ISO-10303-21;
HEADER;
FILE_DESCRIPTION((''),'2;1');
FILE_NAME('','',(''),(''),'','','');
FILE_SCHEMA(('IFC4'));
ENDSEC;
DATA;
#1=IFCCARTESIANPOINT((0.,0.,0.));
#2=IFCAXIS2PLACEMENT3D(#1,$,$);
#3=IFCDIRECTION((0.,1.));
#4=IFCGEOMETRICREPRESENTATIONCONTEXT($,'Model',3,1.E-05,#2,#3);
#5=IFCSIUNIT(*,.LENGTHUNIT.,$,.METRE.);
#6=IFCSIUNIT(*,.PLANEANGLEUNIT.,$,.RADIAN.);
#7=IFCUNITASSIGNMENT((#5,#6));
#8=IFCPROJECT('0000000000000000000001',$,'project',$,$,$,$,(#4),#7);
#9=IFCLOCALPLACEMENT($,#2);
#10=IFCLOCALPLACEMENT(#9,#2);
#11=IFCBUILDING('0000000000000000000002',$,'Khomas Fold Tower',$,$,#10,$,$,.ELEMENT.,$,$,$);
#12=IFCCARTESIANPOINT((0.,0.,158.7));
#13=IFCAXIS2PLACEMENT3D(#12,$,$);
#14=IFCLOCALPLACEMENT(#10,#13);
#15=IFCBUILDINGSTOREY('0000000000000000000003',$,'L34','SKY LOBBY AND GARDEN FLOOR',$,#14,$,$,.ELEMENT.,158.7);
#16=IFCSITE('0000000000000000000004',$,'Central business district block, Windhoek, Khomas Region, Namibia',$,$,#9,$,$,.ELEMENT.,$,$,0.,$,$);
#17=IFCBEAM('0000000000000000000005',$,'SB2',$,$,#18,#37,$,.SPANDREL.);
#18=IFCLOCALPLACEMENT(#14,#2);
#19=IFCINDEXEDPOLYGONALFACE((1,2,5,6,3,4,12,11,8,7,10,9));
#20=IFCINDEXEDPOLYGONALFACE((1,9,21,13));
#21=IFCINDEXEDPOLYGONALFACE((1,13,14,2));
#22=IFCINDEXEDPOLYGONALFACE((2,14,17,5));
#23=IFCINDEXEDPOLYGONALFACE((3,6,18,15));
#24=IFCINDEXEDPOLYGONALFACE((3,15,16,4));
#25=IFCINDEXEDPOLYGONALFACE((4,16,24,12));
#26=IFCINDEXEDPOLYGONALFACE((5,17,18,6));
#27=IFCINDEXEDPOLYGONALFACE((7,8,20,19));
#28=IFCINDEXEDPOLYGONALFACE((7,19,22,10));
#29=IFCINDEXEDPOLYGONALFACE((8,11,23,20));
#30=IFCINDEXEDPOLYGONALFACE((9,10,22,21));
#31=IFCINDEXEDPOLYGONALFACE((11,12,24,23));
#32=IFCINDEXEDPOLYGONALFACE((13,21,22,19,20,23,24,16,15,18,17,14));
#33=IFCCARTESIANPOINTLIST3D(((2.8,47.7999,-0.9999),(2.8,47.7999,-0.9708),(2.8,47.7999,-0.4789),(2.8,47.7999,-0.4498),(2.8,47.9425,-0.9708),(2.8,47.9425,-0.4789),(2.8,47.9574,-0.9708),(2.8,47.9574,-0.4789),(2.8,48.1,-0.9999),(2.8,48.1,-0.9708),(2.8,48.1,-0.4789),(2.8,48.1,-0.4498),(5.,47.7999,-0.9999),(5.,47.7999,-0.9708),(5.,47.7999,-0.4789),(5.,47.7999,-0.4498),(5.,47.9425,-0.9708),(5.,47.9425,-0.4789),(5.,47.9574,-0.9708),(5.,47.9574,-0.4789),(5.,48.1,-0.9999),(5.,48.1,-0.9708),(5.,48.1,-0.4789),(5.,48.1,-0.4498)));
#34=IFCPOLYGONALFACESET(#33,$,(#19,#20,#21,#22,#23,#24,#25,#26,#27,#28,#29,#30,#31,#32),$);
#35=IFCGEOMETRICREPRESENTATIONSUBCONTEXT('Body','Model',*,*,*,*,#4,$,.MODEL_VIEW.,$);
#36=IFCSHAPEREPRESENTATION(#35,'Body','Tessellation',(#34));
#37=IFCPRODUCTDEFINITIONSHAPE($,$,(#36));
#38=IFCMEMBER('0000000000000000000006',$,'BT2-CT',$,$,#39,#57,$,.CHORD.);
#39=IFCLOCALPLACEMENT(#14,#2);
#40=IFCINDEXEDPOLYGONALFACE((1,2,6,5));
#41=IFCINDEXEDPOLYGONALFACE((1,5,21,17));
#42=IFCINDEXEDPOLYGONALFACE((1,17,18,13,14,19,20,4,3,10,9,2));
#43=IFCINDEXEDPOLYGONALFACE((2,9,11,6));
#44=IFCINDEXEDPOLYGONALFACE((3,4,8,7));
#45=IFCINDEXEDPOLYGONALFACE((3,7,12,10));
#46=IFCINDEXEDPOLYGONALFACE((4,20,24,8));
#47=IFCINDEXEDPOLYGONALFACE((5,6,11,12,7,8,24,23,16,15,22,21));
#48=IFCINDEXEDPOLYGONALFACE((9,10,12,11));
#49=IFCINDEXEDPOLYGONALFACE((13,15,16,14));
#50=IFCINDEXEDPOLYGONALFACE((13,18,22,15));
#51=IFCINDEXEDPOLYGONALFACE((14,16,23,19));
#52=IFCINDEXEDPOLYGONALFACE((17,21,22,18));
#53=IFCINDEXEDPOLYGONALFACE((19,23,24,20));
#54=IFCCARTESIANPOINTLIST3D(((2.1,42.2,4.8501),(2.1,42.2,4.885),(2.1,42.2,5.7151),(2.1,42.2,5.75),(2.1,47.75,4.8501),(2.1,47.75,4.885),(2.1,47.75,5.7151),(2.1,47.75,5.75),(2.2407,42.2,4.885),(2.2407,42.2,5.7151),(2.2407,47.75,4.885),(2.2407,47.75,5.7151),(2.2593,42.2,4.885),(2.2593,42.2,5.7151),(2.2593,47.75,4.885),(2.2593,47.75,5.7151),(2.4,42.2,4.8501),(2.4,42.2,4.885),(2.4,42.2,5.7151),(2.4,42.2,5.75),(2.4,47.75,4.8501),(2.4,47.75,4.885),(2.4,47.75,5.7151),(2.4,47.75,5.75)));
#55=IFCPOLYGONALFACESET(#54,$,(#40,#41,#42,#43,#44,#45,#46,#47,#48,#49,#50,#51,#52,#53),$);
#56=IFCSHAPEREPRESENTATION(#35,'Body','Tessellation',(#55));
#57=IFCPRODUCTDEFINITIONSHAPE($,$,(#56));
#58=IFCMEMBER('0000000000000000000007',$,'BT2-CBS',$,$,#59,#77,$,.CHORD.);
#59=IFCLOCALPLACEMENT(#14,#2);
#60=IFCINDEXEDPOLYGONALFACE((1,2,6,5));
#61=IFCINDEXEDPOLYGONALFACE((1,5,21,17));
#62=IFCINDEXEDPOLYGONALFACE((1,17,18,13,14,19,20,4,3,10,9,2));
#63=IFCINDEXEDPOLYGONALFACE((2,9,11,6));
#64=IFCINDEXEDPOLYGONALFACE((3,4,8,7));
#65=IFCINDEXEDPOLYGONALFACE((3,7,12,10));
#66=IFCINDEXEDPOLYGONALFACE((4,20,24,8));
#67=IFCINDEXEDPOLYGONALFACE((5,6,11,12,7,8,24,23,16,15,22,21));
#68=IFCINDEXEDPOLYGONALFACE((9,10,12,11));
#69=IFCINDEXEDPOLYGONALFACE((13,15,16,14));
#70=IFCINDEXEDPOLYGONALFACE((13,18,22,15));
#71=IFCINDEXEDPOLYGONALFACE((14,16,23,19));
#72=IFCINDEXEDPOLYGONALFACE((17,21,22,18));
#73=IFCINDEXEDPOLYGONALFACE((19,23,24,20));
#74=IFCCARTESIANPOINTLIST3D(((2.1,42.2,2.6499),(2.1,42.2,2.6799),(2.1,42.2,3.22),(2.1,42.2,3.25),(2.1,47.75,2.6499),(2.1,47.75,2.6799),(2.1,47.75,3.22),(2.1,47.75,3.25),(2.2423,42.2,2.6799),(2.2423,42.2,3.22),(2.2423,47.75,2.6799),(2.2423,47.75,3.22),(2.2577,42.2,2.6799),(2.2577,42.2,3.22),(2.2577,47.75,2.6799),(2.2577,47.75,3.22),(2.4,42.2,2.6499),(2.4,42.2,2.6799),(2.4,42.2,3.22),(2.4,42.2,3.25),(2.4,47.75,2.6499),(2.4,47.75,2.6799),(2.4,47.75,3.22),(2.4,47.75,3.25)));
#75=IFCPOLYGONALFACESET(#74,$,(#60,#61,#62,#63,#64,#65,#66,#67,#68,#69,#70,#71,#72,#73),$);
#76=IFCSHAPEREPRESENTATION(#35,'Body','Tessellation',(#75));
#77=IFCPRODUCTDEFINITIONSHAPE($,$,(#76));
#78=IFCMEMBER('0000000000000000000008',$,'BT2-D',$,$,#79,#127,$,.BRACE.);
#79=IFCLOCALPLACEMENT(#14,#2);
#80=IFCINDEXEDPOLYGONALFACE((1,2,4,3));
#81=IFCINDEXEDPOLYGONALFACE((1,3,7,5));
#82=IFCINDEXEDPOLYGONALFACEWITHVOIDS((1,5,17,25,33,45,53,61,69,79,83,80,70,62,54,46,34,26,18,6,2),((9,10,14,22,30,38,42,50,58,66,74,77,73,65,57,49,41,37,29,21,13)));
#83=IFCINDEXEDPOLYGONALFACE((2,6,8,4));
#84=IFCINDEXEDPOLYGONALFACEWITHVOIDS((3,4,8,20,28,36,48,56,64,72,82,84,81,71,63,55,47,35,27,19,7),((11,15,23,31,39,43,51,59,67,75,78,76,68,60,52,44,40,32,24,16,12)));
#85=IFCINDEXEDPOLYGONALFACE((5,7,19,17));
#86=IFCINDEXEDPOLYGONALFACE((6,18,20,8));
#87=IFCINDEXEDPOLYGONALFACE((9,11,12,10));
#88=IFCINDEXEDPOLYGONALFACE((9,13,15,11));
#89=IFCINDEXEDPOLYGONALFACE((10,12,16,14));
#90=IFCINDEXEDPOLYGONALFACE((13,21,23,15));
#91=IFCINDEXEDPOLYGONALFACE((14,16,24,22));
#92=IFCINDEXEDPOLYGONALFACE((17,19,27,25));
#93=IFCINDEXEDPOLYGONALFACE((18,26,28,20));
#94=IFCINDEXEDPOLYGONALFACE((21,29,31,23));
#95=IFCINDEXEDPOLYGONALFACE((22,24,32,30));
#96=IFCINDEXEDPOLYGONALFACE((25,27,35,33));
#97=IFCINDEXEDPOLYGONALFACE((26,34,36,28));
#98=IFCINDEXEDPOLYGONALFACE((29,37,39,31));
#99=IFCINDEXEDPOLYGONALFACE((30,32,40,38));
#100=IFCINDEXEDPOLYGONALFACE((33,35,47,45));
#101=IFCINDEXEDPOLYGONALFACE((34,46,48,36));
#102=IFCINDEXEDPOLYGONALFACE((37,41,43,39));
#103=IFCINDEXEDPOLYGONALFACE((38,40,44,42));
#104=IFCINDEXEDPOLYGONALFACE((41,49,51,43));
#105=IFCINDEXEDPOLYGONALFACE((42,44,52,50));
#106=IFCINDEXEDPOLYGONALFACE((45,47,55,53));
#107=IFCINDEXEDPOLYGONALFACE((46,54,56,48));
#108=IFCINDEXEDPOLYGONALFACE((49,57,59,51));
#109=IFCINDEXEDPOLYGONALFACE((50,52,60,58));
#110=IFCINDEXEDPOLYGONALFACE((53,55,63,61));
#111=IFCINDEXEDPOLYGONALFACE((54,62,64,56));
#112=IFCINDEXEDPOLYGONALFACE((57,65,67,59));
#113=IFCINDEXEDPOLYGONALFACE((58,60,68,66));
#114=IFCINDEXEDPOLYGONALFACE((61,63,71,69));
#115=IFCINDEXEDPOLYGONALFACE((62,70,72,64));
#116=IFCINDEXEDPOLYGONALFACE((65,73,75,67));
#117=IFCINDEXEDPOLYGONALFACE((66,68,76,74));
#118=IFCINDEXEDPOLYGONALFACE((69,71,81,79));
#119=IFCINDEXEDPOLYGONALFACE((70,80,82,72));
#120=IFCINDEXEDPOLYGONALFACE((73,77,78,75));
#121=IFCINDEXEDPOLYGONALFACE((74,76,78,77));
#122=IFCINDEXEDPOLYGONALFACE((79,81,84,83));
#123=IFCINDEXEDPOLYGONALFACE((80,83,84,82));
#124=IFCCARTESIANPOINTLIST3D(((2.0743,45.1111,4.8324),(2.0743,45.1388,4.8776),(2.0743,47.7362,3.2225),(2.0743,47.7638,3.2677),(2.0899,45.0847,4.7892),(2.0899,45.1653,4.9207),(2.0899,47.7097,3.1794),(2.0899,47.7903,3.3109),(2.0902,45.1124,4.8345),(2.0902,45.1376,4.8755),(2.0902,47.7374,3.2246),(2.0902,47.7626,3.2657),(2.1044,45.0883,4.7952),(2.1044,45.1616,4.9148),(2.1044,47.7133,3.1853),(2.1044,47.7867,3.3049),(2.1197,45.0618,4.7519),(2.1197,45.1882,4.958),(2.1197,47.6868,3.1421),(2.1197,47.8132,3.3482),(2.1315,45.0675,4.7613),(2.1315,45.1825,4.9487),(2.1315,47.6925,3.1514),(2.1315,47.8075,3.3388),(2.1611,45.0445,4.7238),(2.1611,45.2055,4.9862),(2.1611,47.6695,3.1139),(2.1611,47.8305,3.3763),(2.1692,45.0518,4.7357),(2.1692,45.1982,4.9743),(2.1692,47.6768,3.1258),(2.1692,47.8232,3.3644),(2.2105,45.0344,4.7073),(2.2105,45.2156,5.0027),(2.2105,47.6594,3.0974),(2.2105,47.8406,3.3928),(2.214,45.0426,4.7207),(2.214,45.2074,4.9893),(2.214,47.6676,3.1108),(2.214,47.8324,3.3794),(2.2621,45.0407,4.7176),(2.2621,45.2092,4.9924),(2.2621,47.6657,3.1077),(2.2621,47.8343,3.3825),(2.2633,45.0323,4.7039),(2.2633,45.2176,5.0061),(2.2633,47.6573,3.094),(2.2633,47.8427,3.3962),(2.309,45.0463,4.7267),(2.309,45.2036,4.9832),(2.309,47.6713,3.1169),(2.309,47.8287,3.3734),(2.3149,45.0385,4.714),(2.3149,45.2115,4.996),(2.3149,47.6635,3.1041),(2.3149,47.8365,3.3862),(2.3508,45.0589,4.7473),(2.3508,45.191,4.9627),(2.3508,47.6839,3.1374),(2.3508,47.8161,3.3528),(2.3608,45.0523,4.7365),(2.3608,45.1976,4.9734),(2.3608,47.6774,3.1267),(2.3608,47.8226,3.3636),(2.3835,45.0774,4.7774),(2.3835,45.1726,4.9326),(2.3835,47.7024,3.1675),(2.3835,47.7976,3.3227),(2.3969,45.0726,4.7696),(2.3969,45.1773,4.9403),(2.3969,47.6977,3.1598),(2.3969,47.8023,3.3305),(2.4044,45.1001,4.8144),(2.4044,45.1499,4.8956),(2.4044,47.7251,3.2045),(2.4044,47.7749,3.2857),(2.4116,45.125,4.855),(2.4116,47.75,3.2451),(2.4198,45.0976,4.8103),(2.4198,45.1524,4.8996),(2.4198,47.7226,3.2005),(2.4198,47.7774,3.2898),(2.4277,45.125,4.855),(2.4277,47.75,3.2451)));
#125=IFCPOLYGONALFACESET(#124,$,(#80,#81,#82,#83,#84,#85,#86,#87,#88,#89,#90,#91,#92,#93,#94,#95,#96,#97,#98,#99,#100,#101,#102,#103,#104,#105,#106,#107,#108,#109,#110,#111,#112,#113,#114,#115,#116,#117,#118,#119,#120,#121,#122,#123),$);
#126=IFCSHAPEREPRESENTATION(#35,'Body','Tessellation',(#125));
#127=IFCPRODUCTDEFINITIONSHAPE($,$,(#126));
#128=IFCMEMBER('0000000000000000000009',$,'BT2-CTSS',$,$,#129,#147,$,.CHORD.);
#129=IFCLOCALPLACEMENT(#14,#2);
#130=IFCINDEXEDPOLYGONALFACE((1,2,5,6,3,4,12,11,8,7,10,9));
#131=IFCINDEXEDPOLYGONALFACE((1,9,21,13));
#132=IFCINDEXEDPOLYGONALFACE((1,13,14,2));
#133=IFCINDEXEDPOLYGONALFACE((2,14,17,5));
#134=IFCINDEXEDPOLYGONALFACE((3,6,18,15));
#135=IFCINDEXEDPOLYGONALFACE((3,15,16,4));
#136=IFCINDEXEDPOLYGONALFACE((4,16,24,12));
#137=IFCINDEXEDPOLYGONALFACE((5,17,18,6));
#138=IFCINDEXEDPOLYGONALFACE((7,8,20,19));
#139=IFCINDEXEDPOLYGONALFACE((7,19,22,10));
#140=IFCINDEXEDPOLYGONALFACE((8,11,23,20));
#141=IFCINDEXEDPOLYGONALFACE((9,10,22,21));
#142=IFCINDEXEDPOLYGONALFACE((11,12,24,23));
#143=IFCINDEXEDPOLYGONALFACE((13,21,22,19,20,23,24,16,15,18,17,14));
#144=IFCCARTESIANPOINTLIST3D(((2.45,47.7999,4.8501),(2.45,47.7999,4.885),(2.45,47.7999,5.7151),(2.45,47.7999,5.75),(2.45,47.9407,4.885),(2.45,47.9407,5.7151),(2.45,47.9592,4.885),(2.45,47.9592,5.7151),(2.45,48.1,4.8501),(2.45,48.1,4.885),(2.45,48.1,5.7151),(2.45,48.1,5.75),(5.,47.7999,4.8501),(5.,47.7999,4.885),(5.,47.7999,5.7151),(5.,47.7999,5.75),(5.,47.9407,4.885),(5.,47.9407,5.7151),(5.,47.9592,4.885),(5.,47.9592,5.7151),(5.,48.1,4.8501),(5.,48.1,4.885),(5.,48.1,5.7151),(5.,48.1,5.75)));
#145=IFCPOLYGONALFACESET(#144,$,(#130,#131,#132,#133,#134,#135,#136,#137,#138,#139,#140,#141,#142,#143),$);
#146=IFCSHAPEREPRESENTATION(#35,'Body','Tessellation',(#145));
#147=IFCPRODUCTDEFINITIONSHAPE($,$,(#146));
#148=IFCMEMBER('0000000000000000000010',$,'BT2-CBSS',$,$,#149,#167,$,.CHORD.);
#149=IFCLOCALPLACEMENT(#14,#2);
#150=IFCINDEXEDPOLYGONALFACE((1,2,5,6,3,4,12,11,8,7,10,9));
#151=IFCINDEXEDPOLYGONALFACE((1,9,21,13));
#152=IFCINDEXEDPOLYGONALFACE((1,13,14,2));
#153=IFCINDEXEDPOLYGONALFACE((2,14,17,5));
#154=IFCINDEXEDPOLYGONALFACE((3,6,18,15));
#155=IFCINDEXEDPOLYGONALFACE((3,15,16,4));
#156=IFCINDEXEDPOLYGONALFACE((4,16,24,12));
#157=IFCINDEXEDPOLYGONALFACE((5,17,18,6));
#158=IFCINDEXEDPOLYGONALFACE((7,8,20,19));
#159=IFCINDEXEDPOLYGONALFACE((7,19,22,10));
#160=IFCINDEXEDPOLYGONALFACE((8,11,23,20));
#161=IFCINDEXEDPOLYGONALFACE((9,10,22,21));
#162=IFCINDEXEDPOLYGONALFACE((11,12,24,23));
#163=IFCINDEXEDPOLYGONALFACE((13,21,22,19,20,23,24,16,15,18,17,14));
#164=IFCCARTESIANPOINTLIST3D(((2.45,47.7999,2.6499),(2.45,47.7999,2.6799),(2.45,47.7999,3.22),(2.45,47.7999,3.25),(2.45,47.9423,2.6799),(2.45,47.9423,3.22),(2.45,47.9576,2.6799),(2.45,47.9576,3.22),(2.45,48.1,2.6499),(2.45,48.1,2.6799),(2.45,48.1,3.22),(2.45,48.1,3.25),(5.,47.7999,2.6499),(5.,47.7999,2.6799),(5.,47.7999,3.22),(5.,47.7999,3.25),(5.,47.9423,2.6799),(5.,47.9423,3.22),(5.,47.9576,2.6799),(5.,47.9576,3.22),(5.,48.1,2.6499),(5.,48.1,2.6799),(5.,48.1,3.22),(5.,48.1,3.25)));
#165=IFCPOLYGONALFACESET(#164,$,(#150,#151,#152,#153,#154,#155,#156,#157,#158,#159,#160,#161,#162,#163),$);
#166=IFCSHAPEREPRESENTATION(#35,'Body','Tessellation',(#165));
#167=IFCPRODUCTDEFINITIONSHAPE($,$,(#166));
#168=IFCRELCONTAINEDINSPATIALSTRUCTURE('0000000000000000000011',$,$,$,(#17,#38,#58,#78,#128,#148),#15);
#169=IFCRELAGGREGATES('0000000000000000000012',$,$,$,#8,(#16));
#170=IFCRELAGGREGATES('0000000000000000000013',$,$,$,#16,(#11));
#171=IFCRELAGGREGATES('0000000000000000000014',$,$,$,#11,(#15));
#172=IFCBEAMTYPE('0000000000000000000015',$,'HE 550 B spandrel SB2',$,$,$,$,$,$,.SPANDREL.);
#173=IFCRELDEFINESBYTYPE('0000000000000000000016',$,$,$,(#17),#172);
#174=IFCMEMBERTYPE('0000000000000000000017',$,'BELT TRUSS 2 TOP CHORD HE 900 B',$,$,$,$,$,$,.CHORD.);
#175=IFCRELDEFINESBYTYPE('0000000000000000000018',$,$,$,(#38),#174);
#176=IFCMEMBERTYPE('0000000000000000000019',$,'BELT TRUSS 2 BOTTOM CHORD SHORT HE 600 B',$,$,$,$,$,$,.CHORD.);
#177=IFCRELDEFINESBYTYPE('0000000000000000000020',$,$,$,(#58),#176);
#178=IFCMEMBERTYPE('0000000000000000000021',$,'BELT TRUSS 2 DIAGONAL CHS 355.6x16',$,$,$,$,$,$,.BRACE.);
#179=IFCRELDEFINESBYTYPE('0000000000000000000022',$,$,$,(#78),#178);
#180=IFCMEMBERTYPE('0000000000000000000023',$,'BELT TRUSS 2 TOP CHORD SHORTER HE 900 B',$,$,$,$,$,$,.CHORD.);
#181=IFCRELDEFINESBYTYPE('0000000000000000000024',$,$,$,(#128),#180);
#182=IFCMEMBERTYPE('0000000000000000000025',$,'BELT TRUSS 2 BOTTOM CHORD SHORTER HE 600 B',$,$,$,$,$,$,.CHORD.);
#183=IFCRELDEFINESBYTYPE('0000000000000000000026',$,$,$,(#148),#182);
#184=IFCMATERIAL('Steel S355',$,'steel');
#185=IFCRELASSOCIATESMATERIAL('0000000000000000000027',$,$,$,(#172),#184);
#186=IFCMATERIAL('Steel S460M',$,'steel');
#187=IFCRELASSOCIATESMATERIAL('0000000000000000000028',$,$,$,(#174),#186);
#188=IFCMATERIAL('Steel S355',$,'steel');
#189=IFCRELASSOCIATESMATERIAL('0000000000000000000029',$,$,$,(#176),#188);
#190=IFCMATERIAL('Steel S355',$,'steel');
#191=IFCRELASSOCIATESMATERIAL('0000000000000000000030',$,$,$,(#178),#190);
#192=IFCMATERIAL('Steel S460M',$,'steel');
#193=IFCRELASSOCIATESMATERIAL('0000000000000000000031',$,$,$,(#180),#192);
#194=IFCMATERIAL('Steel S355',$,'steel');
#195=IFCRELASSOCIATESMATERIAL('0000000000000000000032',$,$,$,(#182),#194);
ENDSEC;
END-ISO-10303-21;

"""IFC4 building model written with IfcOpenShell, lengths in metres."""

from ifc_helpers import new_model, si_unit, direction, frame, origin, origin_2d, place, context, subcontext, project, spatial, hollow_circle, i_section, extrude, source, transform, mapped, material, material_profile, profile_set, type_object, element, save


model = new_model("IFC4")

# Units and contexts
model_context = context("Model", 3, precision=1e-05, world=origin(), true_north=direction((0.0, 1.0)))
body_context = subcontext(model_context, "Body", "Model", "MODEL_VIEW")
ifc_project = project(units=[si_unit("LENGTHUNIT", "METRE"), si_unit("PLANEANGLEUNIT", "RADIAN")], contexts=[model_context])

# Site, building, storey
site_placement = place(None, origin())
site = spatial("IfcSite", under=ifc_project, at=site_placement, Name="Central business district block, Windhoek, Khomas Region, Namibia", CompositionType="ELEMENT", RefElevation=0.0)
building_placement = place(site_placement, origin())
building = spatial("IfcBuilding", under=site, at=building_placement, Name="Khomas Fold Tower", CompositionType="ELEMENT")
storey_placement = place(building_placement, frame((0.0, 0.0, 158.7)))
storey = spatial("IfcBuildingStorey", under=building, at=storey_placement, Name="L34", Description="SKY LOBBY AND GARDEN FLOOR", CompositionType="ELEMENT", Elevation=158.7)

# Beam
ifc_material_1 = material(Name="Steel S355", Category="steel")
ifc_material_profile_1 = material_profile(ifc_material_1, i_section(OverallWidth=0.3, OverallDepth=0.55, WebThickness=0.0149, FlangeThickness=0.0291, at=origin_2d()), Name="HE 550 B")
ifc_profile_set_1 = profile_set([ifc_material_profile_1], Name="Steel S355")
beam_type_1 = type_object("IfcBeamType", Name="HE 550 B spandrel SB2", PredefinedType="SPANDREL", material=ifc_profile_set_1)
shared_shape_1 = source(origin(), body_context, "Body", "SweptSolid", [
    extrude(i_section(OverallWidth=0.3, OverallDepth=0.55, WebThickness=0.0149, FlangeThickness=0.0291, at=origin_2d()), origin(), (0.0, 0.0, 1.0), 2.2),
])
beam_1_placement = place(storey_placement, frame((2.8, 47.95, -0.7249), z_axis=(1.0, 0.0, 0.0), x_axis=(0.0, 1.0, 0.0)))
element("IfcBeam", 1, at=beam_1_placement, inside=storey, type_object=beam_type_1, Name="SB2", PredefinedType="SPANDREL", context=body_context, shape_type="MappedRepresentation", body=[
    mapped(shared_shape_1, transform((0.0, 0.0, 0.0))),
])

# Members
ifc_material_2 = material(Name="Steel S460M", Category="steel")
ifc_material_profile_2 = material_profile(ifc_material_2, i_section(OverallWidth=0.3, OverallDepth=0.8999, WebThickness=0.0186, FlangeThickness=0.0349, at=origin_2d()), Name="HE 900 B")
ifc_profile_set_2 = profile_set([ifc_material_profile_2], Name="Steel S460M")
member_type_1 = type_object("IfcMemberType", Name="BELT TRUSS 2 TOP CHORD HE 900 B", PredefinedType="CHORD", material=ifc_profile_set_2)
shared_shape_2 = source(origin(), body_context, "Body", "SweptSolid", [
    extrude(i_section(OverallWidth=0.3, OverallDepth=0.8999, WebThickness=0.0186, FlangeThickness=0.0349, at=origin_2d()), origin(), (0.0, 0.0, 1.0), 5.55),
])
member_1_placement = place(storey_placement, frame((2.25, 47.75, 5.3), z_axis=(0.0, -1.0, 0.0), x_axis=(1.0, 0.0, 0.0)))
element("IfcMember", 2, at=member_1_placement, inside=storey, type_object=member_type_1, Name="BT2-CT", PredefinedType="CHORD", context=body_context, shape_type="MappedRepresentation", body=[
    mapped(shared_shape_2, transform((0.0, 0.0, 0.0))),
])
ifc_material_3 = material(Name="Steel S355", Category="steel")
ifc_material_profile_3 = material_profile(ifc_material_3, i_section(OverallWidth=0.3, OverallDepth=0.6001, WebThickness=0.0154, FlangeThickness=0.03, at=origin_2d()), Name="HE 600 B")
ifc_profile_set_3 = profile_set([ifc_material_profile_3], Name="Steel S355")
member_type_2 = type_object("IfcMemberType", Name="BELT TRUSS 2 BOTTOM CHORD SHORT HE 600 B", PredefinedType="CHORD", material=ifc_profile_set_3)
shared_shape_3 = source(origin(), body_context, "Body", "SweptSolid", [
    extrude(i_section(OverallWidth=0.3, OverallDepth=0.6001, WebThickness=0.0154, FlangeThickness=0.03, at=origin_2d()), origin(), (0.0, 0.0, 1.0), 5.55),
])
member_2_placement = place(storey_placement, frame((2.25, 47.75, 2.95), z_axis=(0.0, -1.0, 0.0), x_axis=(1.0, 0.0, 0.0)))
element("IfcMember", 3, at=member_2_placement, inside=storey, type_object=member_type_2, Name="BT2-CBS", PredefinedType="CHORD", context=body_context, shape_type="MappedRepresentation", body=[
    mapped(shared_shape_3, transform((0.0, 0.0, 0.0))),
])
ifc_material_4 = material(Name="Steel S355", Category="steel")
ifc_material_profile_4 = material_profile(ifc_material_4, hollow_circle(Radius=0.1777, WallThickness=0.0161, at=origin_2d()), Name="CHS 355.6x16")
ifc_profile_set_4 = profile_set([ifc_material_profile_4], Name="Steel S355")
member_type_3 = type_object("IfcMemberType", Name="BELT TRUSS 2 DIAGONAL CHS 355.6x16", PredefinedType="BRACE", material=ifc_profile_set_4)
shared_shape_4 = source(origin(), body_context, "Body", "SweptSolid", [
    extrude(hollow_circle(Radius=0.1777, WallThickness=0.0161, at=origin_2d()), origin(), (0.0, 0.0, 1.0), 3.0793),
])
member_3_placement = place(storey_placement, frame((2.25, 47.75, 3.2451), z_axis=(0.0, -0.852458, 0.522796), x_axis=(1.0, 0.0, 0.0)))
element("IfcMember", 4, at=member_3_placement, inside=storey, type_object=member_type_3, Name="BT2-D", PredefinedType="BRACE", context=body_context, shape_type="MappedRepresentation", body=[
    mapped(shared_shape_4, transform((0.0, 0.0, 0.0))),
])
ifc_material_5 = material(Name="Steel S460M", Category="steel")
ifc_material_profile_5 = material_profile(ifc_material_5, i_section(OverallWidth=0.3, OverallDepth=0.8999, WebThickness=0.0186, FlangeThickness=0.0349, at=origin_2d()), Name="HE 900 B")
ifc_profile_set_5 = profile_set([ifc_material_profile_5], Name="Steel S460M")
member_type_4 = type_object("IfcMemberType", Name="BELT TRUSS 2 TOP CHORD SHORTER HE 900 B", PredefinedType="CHORD", material=ifc_profile_set_5)
shared_shape_5 = source(origin(), body_context, "Body", "SweptSolid", [
    extrude(i_section(OverallWidth=0.3, OverallDepth=0.8999, WebThickness=0.0186, FlangeThickness=0.0349, at=origin_2d()), origin(), (0.0, 0.0, 1.0), 2.55),
])
member_4_placement = place(storey_placement, frame((2.45, 47.95, 5.3), z_axis=(1.0, 0.0, 0.0), x_axis=(0.0, 1.0, 0.0)))
element("IfcMember", 5, at=member_4_placement, inside=storey, type_object=member_type_4, Name="BT2-CTSS", PredefinedType="CHORD", context=body_context, shape_type="MappedRepresentation", body=[
    mapped(shared_shape_5, transform((0.0, 0.0, 0.0))),
])
ifc_material_6 = material(Name="Steel S355", Category="steel")
ifc_material_profile_6 = material_profile(ifc_material_6, i_section(OverallWidth=0.3, OverallDepth=0.6001, WebThickness=0.0154, FlangeThickness=0.03, at=origin_2d()), Name="HE 600 B")
ifc_profile_set_6 = profile_set([ifc_material_profile_6], Name="Steel S355")
member_type_5 = type_object("IfcMemberType", Name="BELT TRUSS 2 BOTTOM CHORD SHORTER HE 600 B", PredefinedType="CHORD", material=ifc_profile_set_6)
shared_shape_6 = source(origin(), body_context, "Body", "SweptSolid", [
    extrude(i_section(OverallWidth=0.3, OverallDepth=0.6001, WebThickness=0.0154, FlangeThickness=0.03, at=origin_2d()), origin(), (0.0, 0.0, 1.0), 2.55),
])
member_5_placement = place(storey_placement, frame((2.45, 47.95, 2.95), z_axis=(1.0, 0.0, 0.0), x_axis=(0.0, 1.0, 0.0)))
element("IfcMember", 6, at=member_5_placement, inside=storey, type_object=member_type_5, Name="BT2-CBSS", PredefinedType="CHORD", context=body_context, shape_type="MappedRepresentation", body=[
    mapped(shared_shape_6, transform((0.0, 0.0, 0.0))),
])

save(model, "model.ifc")
